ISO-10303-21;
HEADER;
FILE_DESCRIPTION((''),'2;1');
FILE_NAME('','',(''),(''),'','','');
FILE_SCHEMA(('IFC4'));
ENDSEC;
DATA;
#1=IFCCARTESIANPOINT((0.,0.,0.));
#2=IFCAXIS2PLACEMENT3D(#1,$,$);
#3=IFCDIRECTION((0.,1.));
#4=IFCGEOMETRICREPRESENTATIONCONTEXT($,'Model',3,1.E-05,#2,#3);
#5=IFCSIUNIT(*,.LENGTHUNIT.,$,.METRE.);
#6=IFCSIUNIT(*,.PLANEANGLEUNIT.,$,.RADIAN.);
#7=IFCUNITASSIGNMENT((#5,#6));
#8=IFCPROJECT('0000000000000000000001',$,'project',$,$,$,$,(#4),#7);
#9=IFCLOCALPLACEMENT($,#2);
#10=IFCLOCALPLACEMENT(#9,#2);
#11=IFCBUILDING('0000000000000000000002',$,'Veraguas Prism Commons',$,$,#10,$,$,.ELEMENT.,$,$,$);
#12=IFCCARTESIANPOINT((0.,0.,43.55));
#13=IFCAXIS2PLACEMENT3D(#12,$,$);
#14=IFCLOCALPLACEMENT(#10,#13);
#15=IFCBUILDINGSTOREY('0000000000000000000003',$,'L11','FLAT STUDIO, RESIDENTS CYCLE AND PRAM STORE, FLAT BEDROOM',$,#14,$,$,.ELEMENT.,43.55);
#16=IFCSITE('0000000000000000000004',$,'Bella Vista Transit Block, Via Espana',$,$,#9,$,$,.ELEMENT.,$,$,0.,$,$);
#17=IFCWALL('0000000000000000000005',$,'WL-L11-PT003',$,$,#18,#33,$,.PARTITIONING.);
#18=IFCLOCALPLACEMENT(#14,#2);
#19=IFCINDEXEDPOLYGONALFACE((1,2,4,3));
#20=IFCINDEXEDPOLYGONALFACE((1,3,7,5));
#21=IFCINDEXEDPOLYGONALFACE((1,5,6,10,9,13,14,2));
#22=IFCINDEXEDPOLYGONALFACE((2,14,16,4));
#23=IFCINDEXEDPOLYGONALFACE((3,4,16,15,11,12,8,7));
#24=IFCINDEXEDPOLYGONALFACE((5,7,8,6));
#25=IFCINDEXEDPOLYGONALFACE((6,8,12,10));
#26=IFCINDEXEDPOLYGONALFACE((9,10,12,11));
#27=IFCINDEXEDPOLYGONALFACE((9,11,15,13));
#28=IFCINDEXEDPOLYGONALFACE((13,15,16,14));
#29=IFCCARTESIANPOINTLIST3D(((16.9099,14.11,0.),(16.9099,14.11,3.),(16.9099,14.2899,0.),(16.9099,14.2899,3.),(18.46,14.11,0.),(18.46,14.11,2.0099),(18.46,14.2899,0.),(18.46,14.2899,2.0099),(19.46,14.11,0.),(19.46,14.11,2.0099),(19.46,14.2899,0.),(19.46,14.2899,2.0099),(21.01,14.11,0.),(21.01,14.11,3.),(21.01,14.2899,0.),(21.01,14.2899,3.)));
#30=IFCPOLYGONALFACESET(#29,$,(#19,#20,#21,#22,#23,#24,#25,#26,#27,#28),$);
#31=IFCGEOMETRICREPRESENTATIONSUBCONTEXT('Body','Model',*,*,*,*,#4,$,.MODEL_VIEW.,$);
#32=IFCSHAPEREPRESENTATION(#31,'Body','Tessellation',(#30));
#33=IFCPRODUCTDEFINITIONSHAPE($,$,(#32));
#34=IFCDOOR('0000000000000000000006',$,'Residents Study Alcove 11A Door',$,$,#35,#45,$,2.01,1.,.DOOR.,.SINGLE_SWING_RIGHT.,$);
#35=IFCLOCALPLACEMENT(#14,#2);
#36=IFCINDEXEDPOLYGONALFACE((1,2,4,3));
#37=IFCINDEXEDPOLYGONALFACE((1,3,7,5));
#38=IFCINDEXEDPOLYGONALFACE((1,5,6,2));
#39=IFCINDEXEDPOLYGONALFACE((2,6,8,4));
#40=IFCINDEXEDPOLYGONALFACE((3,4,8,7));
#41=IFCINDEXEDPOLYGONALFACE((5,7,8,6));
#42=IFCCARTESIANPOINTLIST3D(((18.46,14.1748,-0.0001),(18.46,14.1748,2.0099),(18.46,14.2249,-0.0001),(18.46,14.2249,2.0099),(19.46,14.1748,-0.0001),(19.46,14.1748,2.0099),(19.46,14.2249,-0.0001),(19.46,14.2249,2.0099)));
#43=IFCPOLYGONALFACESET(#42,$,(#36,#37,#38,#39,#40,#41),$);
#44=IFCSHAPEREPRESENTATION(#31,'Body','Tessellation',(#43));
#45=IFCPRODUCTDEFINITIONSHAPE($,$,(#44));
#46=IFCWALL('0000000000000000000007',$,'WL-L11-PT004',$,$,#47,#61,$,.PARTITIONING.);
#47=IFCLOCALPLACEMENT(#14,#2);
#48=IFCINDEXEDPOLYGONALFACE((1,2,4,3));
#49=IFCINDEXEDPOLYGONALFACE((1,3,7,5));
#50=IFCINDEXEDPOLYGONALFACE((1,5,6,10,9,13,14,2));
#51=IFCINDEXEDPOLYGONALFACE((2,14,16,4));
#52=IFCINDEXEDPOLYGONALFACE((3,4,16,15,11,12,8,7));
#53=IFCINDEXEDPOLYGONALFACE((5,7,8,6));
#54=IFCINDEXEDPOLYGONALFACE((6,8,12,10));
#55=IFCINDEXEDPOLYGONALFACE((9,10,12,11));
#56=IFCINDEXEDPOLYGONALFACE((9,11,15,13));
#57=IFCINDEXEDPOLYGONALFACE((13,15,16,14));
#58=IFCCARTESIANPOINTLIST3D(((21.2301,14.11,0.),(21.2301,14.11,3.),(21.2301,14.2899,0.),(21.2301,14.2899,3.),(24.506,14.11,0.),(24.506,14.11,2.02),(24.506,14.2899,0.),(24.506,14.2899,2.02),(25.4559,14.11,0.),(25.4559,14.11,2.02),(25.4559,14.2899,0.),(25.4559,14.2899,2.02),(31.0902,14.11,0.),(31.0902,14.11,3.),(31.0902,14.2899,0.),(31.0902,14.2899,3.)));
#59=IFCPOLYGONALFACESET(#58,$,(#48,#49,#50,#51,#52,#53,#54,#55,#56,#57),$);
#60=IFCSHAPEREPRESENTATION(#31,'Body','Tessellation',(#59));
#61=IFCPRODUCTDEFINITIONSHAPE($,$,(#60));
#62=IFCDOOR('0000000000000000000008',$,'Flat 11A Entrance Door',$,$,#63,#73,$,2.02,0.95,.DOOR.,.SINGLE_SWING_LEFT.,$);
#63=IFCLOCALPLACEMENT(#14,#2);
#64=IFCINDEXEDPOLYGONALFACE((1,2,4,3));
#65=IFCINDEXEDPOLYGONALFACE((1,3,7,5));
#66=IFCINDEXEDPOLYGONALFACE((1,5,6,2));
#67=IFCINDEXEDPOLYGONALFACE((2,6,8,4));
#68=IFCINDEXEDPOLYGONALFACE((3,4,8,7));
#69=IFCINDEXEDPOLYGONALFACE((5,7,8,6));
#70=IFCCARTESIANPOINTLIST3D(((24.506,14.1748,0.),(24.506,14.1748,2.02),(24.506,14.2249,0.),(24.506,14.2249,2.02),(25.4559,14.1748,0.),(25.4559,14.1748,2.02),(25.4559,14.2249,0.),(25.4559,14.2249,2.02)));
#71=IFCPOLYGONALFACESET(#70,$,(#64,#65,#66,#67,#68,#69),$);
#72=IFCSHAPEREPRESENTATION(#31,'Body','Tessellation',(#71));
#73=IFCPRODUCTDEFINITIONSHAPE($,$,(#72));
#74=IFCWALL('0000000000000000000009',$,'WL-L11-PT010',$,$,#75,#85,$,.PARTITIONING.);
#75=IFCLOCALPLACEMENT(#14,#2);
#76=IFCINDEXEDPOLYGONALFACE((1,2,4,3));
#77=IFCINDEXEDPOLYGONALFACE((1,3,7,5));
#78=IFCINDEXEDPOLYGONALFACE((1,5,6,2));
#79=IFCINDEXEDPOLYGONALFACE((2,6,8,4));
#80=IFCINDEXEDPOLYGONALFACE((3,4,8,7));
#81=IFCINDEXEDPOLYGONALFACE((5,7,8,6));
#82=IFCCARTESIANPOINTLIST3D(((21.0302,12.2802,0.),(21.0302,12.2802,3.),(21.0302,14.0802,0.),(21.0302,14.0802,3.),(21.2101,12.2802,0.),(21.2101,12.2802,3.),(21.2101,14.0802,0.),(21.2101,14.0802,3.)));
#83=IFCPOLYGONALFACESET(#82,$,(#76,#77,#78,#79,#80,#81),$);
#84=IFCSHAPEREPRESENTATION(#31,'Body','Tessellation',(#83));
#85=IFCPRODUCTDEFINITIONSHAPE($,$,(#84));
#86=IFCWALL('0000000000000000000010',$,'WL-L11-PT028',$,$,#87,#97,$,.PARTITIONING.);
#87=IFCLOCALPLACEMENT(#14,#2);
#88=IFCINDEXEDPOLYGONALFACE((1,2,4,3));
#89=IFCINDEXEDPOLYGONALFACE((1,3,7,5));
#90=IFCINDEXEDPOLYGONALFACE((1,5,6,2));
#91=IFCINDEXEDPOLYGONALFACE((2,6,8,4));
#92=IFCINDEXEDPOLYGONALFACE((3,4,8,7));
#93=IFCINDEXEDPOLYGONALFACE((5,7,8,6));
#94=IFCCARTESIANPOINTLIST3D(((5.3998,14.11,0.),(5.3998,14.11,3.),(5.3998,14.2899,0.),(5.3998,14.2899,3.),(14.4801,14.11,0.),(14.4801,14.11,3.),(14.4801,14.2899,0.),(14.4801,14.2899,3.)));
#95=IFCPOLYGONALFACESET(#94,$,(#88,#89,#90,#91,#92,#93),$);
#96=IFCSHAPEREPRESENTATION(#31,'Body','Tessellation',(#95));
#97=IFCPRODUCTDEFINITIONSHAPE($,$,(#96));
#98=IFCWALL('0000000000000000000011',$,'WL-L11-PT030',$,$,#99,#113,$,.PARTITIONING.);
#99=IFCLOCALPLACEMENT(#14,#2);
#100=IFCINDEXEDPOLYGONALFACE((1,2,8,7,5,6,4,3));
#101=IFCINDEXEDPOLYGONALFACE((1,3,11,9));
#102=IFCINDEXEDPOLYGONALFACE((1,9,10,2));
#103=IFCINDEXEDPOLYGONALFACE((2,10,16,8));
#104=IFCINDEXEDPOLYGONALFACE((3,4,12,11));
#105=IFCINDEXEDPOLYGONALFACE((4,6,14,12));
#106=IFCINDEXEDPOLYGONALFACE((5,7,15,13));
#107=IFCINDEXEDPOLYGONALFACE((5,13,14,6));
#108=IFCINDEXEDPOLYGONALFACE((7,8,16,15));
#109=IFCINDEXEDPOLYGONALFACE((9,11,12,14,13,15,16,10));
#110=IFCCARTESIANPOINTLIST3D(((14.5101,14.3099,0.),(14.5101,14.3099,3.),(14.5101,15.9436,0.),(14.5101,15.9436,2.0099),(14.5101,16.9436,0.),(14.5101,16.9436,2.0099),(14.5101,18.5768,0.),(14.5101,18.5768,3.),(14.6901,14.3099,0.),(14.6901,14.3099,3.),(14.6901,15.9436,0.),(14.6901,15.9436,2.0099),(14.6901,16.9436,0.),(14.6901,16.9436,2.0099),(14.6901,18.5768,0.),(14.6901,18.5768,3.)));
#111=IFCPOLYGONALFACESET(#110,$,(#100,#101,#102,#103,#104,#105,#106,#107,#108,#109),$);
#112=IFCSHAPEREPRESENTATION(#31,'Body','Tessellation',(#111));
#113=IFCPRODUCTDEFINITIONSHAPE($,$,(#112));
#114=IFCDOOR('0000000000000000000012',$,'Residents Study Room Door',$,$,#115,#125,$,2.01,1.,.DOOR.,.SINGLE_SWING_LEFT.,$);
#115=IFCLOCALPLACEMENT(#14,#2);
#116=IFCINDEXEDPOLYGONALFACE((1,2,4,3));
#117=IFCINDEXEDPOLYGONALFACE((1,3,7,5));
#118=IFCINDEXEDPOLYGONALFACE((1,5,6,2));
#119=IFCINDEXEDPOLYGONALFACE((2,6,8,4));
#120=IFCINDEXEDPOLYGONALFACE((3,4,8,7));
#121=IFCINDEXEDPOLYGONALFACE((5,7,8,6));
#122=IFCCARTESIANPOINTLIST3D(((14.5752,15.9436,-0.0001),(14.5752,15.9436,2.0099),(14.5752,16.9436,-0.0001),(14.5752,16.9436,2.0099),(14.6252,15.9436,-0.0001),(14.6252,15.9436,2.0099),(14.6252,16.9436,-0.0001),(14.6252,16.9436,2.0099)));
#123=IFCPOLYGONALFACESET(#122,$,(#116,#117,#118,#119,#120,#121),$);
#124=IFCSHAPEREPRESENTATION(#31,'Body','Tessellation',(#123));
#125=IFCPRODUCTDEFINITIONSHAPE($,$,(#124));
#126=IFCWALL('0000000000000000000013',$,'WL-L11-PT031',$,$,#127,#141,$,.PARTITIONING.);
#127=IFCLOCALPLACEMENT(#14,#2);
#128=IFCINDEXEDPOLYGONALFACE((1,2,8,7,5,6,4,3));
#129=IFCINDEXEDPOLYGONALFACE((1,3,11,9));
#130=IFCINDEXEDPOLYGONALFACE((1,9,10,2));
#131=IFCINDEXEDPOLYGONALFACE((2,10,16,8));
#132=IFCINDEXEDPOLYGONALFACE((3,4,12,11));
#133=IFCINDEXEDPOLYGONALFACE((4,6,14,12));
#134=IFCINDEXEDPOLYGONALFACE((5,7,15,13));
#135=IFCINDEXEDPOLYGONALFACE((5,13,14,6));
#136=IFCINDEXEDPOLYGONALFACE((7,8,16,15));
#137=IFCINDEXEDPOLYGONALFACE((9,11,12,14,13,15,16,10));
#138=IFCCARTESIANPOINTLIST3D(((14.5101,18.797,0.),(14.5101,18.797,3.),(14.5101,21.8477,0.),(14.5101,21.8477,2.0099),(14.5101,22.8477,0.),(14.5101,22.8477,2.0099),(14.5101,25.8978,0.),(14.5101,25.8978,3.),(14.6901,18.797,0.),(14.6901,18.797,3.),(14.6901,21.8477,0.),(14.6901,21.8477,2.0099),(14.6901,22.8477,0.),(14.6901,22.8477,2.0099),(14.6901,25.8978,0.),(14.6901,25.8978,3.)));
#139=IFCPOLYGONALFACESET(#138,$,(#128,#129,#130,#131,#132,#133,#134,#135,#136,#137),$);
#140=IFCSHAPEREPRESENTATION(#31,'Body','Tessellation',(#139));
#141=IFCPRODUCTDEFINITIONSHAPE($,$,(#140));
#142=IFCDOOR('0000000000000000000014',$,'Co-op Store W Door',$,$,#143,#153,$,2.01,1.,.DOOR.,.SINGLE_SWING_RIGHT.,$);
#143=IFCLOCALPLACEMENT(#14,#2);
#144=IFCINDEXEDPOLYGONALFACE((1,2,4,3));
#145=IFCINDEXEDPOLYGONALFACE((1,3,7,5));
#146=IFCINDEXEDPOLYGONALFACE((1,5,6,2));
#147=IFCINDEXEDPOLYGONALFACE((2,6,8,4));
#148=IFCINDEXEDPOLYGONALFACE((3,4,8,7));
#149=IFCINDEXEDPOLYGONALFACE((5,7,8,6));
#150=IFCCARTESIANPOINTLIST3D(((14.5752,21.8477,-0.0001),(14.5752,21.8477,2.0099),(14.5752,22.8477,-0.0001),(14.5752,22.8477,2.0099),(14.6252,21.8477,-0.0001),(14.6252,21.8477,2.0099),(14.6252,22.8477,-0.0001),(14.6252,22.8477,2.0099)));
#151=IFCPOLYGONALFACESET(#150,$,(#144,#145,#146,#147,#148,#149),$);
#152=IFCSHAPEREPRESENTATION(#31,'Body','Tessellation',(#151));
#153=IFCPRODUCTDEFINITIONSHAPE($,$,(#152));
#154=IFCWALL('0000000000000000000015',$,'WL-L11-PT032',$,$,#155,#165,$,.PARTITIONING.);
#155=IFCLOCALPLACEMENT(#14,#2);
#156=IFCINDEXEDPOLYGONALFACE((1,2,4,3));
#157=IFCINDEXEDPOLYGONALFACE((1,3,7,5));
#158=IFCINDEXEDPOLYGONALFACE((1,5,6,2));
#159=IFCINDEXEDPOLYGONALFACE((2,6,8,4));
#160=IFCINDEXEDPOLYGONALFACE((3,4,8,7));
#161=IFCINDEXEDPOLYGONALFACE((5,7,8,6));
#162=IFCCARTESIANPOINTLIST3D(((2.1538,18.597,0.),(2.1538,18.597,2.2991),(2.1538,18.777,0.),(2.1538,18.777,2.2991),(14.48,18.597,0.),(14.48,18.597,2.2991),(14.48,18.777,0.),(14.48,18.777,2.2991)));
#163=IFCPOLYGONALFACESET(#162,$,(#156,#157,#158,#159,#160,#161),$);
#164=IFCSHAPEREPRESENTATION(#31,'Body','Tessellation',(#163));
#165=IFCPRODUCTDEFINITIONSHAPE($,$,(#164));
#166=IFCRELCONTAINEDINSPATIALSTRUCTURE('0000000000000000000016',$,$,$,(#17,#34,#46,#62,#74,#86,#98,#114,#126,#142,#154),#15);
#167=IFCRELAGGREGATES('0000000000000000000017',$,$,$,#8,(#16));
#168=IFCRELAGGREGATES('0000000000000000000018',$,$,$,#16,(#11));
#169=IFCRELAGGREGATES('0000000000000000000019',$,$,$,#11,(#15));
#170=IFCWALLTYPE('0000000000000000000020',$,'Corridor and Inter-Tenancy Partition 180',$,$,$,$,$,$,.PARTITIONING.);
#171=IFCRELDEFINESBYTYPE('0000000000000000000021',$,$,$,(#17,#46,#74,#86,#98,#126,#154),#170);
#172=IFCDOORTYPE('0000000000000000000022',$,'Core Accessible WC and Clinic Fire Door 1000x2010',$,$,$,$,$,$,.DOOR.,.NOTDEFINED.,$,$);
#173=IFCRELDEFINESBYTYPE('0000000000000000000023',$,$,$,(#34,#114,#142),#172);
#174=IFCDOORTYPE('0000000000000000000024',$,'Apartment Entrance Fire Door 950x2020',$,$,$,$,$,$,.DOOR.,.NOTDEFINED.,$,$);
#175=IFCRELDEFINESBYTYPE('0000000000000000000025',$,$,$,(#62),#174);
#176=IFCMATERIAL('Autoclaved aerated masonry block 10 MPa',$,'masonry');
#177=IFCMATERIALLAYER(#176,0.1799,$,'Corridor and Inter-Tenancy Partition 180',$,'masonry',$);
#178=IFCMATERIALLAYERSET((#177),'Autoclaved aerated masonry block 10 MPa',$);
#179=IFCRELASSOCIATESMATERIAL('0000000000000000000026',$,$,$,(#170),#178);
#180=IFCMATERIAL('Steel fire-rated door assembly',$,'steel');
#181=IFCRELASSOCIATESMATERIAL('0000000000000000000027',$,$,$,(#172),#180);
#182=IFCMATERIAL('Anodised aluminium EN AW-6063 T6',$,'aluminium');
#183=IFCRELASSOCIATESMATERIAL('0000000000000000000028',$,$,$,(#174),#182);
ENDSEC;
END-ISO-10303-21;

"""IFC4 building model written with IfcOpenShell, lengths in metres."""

from ifc_helpers import new_model, si_unit, direction, frame, frame_2d, origin, place, context, subcontext, project, spatial, rectangle, extrude, source, transform, mapped, material, layer, layer_set, type_object, element, fill, save


model = new_model("IFC4")

# Units and contexts
model_context = context("Model", 3, precision=1e-05, world=origin(), true_north=direction((0.0, 1.0)))
body_context = subcontext(model_context, "Body", "Model", "MODEL_VIEW")
ifc_project = project(units=[si_unit("LENGTHUNIT", "METRE"), si_unit("PLANEANGLEUNIT", "RADIAN")], contexts=[model_context])

# Site, building, storey
site_placement = place(None, origin())
site = spatial("IfcSite", under=ifc_project, at=site_placement, Name="Bella Vista Transit Block, Via Espana", CompositionType="ELEMENT", RefElevation=0.0)
building_placement = place(site_placement, origin())
building = spatial("IfcBuilding", under=site, at=building_placement, Name="Veraguas Prism Commons", CompositionType="ELEMENT")
storey_placement = place(building_placement, frame((0.0, 0.0, 43.55)))
storey = spatial("IfcBuildingStorey", under=building, at=storey_placement, Name="L11", Description="FLAT STUDIO, RESIDENTS CYCLE AND PRAM STORE, FLAT BEDROOM", CompositionType="ELEMENT", Elevation=43.55)

# Shared definitions
ifc_material_1 = material(Name="Steel fire-rated door assembly", Category="steel")

# Shared definitions
ifc_material_2 = material(Name="Autoclaved aerated masonry block 10 MPa", Category="masonry")
ifc_layer_1 = layer(ifc_material_2, 0.1799, Name="Corridor and Inter-Tenancy Partition 180", Category="masonry")
ifc_layer_set_1 = layer_set([ifc_layer_1], Name="Autoclaved aerated masonry block 10 MPa")
wall_type_1 = type_object("IfcWallType", Name="Corridor and Inter-Tenancy Partition 180", PredefinedType="PARTITIONING", material=ifc_layer_set_1)

# Walls, openings, doors
wall_1_placement = place(storey_placement, frame((16.9099, 14.2, 0.0), z_axis=(0.0, 0.0, 1.0), x_axis=(1.0, 0.0, 0.0)))
wall_1 = element("IfcWall", 1, at=wall_1_placement, inside=storey, type_object=wall_type_1, Name="WL-L11-PT003", PredefinedType="PARTITIONING", context=body_context, shape_type="SweptSolid", body=[
    extrude(rectangle(XDim=4.1001, YDim=0.1799, at=frame_2d((2.05, 0.0))), origin(), (0.0, 0.0, 1.0), 3.0),
])
opening_1_placement = place(wall_1_placement, frame((1.55, 0.0, 0.0)))
opening_1 = element("IfcOpeningElement", 2, at=opening_1_placement, cuts=wall_1, PredefinedType="OPENING", context=body_context, shape_type="SweptSolid", body=[
    extrude(rectangle(XDim=1.0, YDim=2.01, at=frame_2d((0.5, 1.0049))), frame((0.0, 0.0999, 0.0), z_axis=(0.0, -1.0, 0.0), x_axis=(1.0, 0.0, 0.0)), (0.0, 0.0, 1.0), 0.2),
])
door_type_1 = type_object("IfcDoorType", Name="Core Accessible WC and Clinic Fire Door 1000x2010", OperationType="NOTDEFINED", PredefinedType="DOOR", material=ifc_material_1)
shared_shape_1 = source(origin(), body_context, "Body", "SweptSolid", [
    extrude(rectangle(XDim=1.0, YDim=2.01, at=frame_2d((0.5, 1.0049))), frame((0.0, 0.0249, 0.0), z_axis=(0.0, -1.0, 0.0), x_axis=(1.0, 0.0, 0.0)), (0.0, 0.0, 1.0), 0.05),
])
door_1_placement = place(opening_1_placement, origin())
door_1 = element("IfcDoor", 3, at=door_1_placement, inside=storey, type_object=door_type_1, Name="Residents Study Alcove 11A Door", OperationType="SINGLE_SWING_RIGHT", OverallHeight=2.01, OverallWidth=1.0, PredefinedType="DOOR", context=body_context, shape_type="MappedRepresentation", body=[
    mapped(shared_shape_1, transform((0.0, 0.0, 0.0), scale=1.0)),
])
fill(opening_1, door_1)
wall_2_placement = place(storey_placement, frame((21.23, 14.2, 0.0), z_axis=(0.0, 0.0, 1.0), x_axis=(1.0, 0.0, 0.0)))
wall_2 = element("IfcWall", 4, at=wall_2_placement, inside=storey, type_object=wall_type_1, Name="WL-L11-PT004", PredefinedType="PARTITIONING", context=body_context, shape_type="SweptSolid", body=[
    extrude(rectangle(XDim=9.8601, YDim=0.1799, at=frame_2d((4.9302, 0.0))), origin(), (0.0, 0.0, 1.0), 3.0),
])
opening_2_placement = place(wall_2_placement, frame((3.2759, 0.0, 0.0)))
opening_2 = element("IfcOpeningElement", 5, at=opening_2_placement, cuts=wall_2, PredefinedType="OPENING", context=body_context, shape_type="SweptSolid", body=[
    extrude(rectangle(XDim=0.95, YDim=2.02, at=frame_2d((0.4751, 1.01))), frame((0.0, 0.0999, 0.0), z_axis=(0.0, -1.0, 0.0), x_axis=(1.0, 0.0, 0.0)), (0.0, 0.0, 1.0), 0.2),
])
ifc_material_3 = material(Name="Anodised aluminium EN AW-6063 T6", Category="aluminium")
door_type_2 = type_object("IfcDoorType", Name="Apartment Entrance Fire Door 950x2020", OperationType="NOTDEFINED", PredefinedType="DOOR", material=ifc_material_3)
shared_shape_2 = source(origin(), body_context, "Body", "SweptSolid", [
    extrude(rectangle(XDim=0.95, YDim=2.02, at=frame_2d((0.4751, 1.01))), frame((0.0, 0.0249, 0.0), z_axis=(0.0, -1.0, 0.0), x_axis=(1.0, 0.0, 0.0)), (0.0, 0.0, 1.0), 0.05),
])
door_2_placement = place(opening_2_placement, origin())
door_2 = element("IfcDoor", 6, at=door_2_placement, inside=storey, type_object=door_type_2, Name="Flat 11A Entrance Door", OperationType="SINGLE_SWING_LEFT", OverallHeight=2.02, OverallWidth=0.95, PredefinedType="DOOR", context=body_context, shape_type="MappedRepresentation", body=[
    mapped(shared_shape_2, transform((0.0, 0.0, 0.0), scale=1.0)),
])
fill(opening_2, door_2)

# Walls
wall_3_placement = place(storey_placement, frame((21.1201, 14.0801, 0.0), z_axis=(0.0, 0.0, 1.0), x_axis=(0.0, -1.0, 0.0)))
element("IfcWall", 7, at=wall_3_placement, inside=storey, type_object=wall_type_1, Name="WL-L11-PT010", PredefinedType="PARTITIONING", context=body_context, shape_type="SweptSolid", body=[
    extrude(rectangle(XDim=1.8, YDim=0.1799, at=frame_2d((0.8999, 0.0))), origin(), (0.0, 0.0, 1.0), 3.0),
])
wall_4_placement = place(storey_placement, frame((14.48, 14.2, 0.0), z_axis=(0.0, 0.0, 1.0), x_axis=(-1.0, 0.0, 0.0)))
element("IfcWall", 8, at=wall_4_placement, inside=storey, type_object=wall_type_1, Name="WL-L11-PT028", PredefinedType="PARTITIONING", context=body_context, shape_type="SweptSolid", body=[
    extrude(rectangle(XDim=9.0803, YDim=0.1799, at=frame_2d((4.54, 0.0))), origin(), (0.0, 0.0, 1.0), 3.0),
])

# Walls, openings, doors
wall_5_placement = place(storey_placement, frame((14.6001, 14.3101, 0.0), z_axis=(0.0, 0.0, 1.0), x_axis=(0.0, 1.0, 0.0)))
wall_5 = element("IfcWall", 9, at=wall_5_placement, inside=storey, type_object=wall_type_1, Name="WL-L11-PT030", PredefinedType="PARTITIONING", context=body_context, shape_type="SweptSolid", body=[
    extrude(rectangle(XDim=4.2668, YDim=0.1799, at=frame_2d((2.1333, 0.0))), origin(), (0.0, 0.0, 1.0), 3.0),
])
opening_3_placement = place(wall_5_placement, frame((1.6335, 0.0, 0.0)))
opening_3 = element("IfcOpeningElement", 10, at=opening_3_placement, cuts=wall_5, PredefinedType="OPENING", context=body_context, shape_type="SweptSolid", body=[
    extrude(rectangle(XDim=1.0, YDim=2.01, at=frame_2d((0.5, 1.0049))), frame((0.0, 0.0999, 0.0), z_axis=(0.0, -1.0, 0.0), x_axis=(1.0, 0.0, 0.0)), (0.0, 0.0, 1.0), 0.2),
])
door_3_placement = place(opening_3_placement, origin())
door_3 = element("IfcDoor", 11, at=door_3_placement, inside=storey, type_object=door_type_1, Name="Residents Study Room Door", OperationType="SINGLE_SWING_LEFT", OverallHeight=2.01, OverallWidth=1.0, PredefinedType="DOOR", context=body_context, shape_type="MappedRepresentation", body=[
    mapped(shared_shape_1, transform((0.0, 0.0, 0.0), scale=1.0)),
])
fill(opening_3, door_3)
wall_6_placement = place(storey_placement, frame((14.6001, 18.7971, 0.0), z_axis=(0.0, 0.0, 1.0), x_axis=(0.0, 1.0, 0.0)))
wall_6 = element("IfcWall", 12, at=wall_6_placement, inside=storey, type_object=wall_type_1, Name="WL-L11-PT031", PredefinedType="PARTITIONING", context=body_context, shape_type="SweptSolid", body=[
    extrude(rectangle(XDim=7.1008, YDim=0.1799, at=frame_2d((3.5503, 0.0))), origin(), (0.0, 0.0, 1.0), 3.0),
])
opening_4_placement = place(wall_6_placement, frame((3.0505, 0.0, 0.0)))
opening_4 = element("IfcOpeningElement", 13, at=opening_4_placement, cuts=wall_6, PredefinedType="OPENING", context=body_context, shape_type="SweptSolid", body=[
    extrude(rectangle(XDim=1.0, YDim=2.01, at=frame_2d((0.5, 1.0049))), frame((0.0, 0.0999, 0.0), z_axis=(0.0, -1.0, 0.0), x_axis=(1.0, 0.0, 0.0)), (0.0, 0.0, 1.0), 0.2),
])
door_4_placement = place(opening_4_placement, origin())
door_4 = element("IfcDoor", 14, at=door_4_placement, inside=storey, type_object=door_type_1, Name="Co-op Store W Door", OperationType="SINGLE_SWING_RIGHT", OverallHeight=2.01, OverallWidth=1.0, PredefinedType="DOOR", context=body_context, shape_type="MappedRepresentation", body=[
    mapped(shared_shape_1, transform((0.0, 0.0, 0.0), scale=1.0)),
])
fill(opening_4, door_4)

# Wall
wall_7_placement = place(storey_placement, frame((14.48, 18.687, 0.0), z_axis=(0.0, 0.0, 1.0), x_axis=(-1.0, 0.0, 0.0)))
element("IfcWall", 15, at=wall_7_placement, inside=storey, type_object=wall_type_1, Name="WL-L11-PT032", PredefinedType="PARTITIONING", context=body_context, shape_type="SweptSolid", body=[
    extrude(rectangle(XDim=12.3262, YDim=0.1799, at=frame_2d((6.1631, 0.0))), origin(), (0.0, 0.0, 1.0), 2.2991),
])

save(model, "model.ifc")
